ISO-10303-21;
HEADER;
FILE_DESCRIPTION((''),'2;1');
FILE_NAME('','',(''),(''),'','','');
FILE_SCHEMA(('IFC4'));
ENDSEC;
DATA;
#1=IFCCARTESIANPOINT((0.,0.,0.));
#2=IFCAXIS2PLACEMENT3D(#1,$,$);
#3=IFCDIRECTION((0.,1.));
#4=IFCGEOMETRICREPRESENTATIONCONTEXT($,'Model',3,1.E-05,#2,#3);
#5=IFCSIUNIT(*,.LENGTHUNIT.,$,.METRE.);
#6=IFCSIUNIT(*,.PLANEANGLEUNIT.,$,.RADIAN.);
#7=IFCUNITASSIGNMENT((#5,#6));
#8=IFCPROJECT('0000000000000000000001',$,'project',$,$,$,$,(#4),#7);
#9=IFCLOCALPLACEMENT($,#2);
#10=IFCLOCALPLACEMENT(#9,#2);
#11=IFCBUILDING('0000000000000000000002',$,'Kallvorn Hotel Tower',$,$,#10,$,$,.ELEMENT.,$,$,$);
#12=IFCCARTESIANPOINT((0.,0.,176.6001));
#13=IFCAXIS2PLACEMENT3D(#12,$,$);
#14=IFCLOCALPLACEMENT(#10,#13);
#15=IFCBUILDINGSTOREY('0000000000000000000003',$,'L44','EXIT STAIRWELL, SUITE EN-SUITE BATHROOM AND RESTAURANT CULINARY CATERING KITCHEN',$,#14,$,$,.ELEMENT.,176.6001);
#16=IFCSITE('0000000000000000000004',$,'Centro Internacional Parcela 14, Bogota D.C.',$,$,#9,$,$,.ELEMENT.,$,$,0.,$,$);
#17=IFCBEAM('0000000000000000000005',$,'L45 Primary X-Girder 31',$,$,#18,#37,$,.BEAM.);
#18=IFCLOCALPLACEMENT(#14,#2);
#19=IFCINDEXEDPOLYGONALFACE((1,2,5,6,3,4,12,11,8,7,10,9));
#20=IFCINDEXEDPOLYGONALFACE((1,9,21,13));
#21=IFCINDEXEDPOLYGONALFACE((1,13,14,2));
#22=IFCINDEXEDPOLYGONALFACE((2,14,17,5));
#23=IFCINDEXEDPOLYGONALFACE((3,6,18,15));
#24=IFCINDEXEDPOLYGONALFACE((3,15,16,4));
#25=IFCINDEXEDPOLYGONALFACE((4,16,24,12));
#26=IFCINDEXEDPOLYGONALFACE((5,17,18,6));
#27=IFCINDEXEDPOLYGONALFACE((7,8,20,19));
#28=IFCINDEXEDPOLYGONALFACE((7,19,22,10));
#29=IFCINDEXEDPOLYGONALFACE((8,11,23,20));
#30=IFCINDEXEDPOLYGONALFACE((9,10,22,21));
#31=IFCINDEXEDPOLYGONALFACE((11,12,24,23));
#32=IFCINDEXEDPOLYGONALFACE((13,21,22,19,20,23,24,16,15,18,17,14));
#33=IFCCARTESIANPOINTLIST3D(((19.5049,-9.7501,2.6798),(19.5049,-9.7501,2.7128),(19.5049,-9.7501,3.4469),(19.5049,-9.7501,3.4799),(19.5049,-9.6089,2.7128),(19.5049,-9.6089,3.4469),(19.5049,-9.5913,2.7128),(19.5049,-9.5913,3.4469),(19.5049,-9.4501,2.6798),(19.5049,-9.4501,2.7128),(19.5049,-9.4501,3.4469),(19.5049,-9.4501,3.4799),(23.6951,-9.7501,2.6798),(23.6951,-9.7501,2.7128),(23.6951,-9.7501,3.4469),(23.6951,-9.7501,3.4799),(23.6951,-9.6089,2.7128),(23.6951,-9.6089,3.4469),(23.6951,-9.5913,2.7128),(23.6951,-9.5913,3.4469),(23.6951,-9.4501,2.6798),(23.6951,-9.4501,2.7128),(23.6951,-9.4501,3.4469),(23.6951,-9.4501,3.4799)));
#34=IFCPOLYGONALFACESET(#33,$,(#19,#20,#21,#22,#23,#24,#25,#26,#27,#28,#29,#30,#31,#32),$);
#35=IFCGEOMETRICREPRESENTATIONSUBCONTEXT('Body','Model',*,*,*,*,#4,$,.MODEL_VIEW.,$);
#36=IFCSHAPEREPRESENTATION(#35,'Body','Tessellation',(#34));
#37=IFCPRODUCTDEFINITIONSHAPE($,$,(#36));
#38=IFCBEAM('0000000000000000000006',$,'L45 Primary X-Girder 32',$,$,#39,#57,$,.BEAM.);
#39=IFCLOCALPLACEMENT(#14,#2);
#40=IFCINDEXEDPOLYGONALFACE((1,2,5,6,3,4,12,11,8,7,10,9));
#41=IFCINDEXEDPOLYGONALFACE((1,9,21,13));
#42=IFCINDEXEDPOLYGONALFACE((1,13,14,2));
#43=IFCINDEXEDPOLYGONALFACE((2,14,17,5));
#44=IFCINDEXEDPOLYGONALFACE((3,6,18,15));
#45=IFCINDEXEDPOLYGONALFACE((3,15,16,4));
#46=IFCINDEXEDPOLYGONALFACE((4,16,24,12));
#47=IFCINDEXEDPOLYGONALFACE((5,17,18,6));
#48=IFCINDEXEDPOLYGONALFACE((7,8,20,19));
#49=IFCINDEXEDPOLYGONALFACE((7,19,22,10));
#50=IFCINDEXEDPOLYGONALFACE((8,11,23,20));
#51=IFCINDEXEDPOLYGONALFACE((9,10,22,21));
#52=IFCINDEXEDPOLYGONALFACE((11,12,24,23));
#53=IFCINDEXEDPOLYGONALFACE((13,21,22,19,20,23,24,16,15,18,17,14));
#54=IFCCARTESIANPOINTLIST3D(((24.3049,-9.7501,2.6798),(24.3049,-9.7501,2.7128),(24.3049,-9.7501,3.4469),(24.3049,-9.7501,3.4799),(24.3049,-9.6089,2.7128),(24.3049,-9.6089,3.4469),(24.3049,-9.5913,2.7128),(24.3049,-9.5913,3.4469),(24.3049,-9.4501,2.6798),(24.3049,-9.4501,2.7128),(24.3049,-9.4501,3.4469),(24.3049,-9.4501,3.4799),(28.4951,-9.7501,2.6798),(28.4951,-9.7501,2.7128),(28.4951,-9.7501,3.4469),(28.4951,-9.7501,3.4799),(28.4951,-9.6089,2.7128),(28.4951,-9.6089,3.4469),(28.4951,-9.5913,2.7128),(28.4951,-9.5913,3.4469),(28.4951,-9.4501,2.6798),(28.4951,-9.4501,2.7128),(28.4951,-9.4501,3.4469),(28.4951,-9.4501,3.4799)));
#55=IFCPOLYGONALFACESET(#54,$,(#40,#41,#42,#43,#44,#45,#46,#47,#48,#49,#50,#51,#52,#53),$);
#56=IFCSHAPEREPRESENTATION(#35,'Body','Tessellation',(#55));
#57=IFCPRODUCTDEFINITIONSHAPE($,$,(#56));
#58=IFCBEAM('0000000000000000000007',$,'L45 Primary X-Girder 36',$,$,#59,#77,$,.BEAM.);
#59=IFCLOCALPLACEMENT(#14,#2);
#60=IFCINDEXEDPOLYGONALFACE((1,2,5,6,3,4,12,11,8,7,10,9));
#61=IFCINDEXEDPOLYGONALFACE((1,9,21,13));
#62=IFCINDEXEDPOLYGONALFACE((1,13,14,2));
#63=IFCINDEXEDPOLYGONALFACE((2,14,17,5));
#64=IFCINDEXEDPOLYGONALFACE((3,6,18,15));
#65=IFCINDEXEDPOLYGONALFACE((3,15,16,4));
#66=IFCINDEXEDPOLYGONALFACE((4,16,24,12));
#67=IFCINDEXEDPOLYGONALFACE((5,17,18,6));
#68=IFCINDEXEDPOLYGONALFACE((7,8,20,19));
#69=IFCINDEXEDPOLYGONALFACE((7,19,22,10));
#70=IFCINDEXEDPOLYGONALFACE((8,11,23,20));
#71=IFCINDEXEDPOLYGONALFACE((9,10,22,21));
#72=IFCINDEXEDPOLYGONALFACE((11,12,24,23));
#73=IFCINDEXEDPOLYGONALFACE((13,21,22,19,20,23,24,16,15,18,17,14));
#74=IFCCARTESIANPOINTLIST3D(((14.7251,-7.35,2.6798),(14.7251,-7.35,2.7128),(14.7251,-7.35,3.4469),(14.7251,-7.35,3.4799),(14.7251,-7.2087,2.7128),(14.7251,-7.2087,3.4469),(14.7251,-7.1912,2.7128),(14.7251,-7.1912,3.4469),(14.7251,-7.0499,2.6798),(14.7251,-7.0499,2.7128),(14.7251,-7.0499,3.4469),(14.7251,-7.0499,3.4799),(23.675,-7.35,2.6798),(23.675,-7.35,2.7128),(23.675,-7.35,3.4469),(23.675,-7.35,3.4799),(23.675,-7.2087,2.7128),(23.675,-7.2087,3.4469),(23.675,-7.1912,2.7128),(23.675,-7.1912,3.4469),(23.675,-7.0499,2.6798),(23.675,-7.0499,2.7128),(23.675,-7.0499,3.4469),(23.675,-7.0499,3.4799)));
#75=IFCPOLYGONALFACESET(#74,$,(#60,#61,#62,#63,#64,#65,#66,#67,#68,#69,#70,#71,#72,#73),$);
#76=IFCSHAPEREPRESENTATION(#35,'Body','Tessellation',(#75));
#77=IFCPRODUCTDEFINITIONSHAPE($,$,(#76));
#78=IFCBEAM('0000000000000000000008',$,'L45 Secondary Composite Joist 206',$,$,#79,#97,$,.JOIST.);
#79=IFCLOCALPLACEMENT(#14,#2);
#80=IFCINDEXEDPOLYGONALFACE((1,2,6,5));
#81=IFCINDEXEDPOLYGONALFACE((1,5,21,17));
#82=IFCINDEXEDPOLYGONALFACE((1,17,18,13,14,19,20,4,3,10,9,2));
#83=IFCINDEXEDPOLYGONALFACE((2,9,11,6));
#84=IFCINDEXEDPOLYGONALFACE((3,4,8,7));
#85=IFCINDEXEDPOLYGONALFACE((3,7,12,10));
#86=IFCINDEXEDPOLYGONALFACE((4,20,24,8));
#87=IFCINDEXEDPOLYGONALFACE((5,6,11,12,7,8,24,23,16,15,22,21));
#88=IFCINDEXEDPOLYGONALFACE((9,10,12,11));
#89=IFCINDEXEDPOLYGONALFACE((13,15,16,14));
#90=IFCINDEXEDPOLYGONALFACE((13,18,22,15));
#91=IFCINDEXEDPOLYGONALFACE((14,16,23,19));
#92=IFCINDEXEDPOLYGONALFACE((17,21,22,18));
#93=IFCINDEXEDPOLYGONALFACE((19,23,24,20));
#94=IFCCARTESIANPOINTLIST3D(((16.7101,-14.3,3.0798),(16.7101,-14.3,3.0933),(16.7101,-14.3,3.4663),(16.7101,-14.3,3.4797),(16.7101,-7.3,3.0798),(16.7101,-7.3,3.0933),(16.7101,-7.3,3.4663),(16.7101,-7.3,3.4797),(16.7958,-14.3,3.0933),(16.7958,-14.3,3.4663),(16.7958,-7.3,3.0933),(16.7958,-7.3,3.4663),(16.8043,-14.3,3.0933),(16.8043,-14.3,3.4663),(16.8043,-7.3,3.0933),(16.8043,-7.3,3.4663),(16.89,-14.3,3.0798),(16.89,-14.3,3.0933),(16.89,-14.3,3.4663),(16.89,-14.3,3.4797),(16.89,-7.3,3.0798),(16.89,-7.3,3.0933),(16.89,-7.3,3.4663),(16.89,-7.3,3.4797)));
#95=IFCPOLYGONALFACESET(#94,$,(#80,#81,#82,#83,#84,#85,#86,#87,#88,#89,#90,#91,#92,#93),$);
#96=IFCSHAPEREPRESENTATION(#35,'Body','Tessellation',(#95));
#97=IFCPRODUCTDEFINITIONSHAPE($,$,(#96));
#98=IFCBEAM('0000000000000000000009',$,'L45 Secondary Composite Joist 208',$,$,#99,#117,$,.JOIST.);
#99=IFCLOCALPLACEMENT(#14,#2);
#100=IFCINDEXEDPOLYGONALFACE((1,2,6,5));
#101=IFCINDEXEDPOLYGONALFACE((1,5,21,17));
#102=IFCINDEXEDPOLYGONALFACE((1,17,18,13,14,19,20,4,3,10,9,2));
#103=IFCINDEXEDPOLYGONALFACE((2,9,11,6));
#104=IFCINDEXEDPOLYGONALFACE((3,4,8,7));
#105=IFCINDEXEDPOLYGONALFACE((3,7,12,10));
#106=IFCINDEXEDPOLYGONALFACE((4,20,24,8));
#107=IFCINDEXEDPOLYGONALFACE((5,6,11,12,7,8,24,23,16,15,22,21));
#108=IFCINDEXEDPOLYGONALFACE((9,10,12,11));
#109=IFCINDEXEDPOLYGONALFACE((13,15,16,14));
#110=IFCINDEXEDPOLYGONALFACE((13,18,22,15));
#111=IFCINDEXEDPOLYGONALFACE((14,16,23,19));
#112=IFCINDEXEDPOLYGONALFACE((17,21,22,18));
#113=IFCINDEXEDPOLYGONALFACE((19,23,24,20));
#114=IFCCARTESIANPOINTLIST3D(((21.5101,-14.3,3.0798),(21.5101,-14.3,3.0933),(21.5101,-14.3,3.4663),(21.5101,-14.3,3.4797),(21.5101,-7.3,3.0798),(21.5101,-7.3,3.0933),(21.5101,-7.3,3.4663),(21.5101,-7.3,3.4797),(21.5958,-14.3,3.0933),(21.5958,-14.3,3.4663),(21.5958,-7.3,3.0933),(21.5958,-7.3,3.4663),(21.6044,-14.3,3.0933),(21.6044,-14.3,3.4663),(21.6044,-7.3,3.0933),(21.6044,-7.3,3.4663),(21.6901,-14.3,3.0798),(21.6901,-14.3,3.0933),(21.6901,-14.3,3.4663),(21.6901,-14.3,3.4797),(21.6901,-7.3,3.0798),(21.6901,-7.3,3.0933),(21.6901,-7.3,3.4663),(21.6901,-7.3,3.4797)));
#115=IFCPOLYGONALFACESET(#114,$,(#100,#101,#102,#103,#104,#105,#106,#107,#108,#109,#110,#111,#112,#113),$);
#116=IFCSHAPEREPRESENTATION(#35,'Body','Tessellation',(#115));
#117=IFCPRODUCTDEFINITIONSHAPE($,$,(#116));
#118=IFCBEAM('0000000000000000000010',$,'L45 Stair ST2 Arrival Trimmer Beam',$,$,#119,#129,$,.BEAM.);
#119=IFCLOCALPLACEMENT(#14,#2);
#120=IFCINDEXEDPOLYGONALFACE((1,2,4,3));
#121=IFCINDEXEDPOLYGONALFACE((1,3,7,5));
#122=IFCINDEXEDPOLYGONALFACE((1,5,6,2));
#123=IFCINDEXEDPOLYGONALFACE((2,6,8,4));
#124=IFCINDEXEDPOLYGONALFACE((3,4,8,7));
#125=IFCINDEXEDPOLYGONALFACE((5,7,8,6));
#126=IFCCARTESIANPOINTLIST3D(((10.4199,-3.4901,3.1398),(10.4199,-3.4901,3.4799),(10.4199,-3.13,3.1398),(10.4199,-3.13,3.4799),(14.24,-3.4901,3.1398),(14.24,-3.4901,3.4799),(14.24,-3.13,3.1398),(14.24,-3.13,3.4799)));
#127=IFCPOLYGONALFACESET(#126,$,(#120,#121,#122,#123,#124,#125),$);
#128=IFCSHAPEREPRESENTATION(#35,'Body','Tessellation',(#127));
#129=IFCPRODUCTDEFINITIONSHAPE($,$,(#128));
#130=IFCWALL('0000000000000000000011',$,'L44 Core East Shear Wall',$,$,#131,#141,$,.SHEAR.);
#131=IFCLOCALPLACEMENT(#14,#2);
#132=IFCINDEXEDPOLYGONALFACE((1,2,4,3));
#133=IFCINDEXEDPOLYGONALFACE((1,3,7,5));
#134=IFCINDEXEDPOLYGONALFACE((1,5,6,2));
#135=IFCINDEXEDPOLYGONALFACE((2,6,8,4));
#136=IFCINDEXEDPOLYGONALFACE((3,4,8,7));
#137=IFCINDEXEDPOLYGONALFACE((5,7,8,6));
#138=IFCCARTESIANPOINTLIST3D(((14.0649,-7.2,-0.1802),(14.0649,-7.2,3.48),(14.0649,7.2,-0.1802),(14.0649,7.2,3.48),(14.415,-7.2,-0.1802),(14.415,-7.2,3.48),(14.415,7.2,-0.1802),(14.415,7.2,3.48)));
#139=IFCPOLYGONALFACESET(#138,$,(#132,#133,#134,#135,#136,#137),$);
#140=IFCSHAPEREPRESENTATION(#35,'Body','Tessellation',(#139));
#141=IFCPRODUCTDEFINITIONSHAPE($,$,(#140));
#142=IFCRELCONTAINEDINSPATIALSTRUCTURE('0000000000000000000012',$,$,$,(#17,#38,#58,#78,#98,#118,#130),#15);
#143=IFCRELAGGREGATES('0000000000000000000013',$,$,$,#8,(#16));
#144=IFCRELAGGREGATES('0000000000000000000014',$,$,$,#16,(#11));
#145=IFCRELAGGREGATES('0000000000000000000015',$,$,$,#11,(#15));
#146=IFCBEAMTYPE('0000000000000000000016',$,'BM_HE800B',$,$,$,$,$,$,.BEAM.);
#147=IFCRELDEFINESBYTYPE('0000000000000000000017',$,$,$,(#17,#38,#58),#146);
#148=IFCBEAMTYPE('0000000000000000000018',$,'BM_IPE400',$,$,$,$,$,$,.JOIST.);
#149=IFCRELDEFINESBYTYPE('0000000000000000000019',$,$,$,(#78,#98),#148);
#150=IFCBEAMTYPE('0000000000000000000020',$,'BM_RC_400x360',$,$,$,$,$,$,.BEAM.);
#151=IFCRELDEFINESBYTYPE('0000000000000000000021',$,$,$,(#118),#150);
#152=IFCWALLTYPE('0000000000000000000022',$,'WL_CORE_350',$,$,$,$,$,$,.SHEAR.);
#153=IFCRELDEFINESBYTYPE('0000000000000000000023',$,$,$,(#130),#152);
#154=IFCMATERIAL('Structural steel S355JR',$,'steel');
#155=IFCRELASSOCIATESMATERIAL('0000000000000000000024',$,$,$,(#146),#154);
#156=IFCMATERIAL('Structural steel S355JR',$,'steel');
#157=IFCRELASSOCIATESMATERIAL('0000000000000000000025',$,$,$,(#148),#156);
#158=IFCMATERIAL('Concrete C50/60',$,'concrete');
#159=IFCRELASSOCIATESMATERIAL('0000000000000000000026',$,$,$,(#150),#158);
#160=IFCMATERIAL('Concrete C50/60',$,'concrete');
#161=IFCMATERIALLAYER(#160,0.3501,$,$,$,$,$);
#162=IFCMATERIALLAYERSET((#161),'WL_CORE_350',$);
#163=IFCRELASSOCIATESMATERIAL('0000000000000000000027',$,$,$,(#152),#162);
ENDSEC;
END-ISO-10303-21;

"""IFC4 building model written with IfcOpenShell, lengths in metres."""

from ifc_helpers import new_model, si_unit, direction, frame, frame_2d, origin, origin_2d, place, context, subcontext, project, spatial, rectangle, i_section, extrude, material, layer, layer_set, material_profile, profile_set, type_object, element, save


model = new_model("IFC4")

# Units and contexts
model_context = context("Model", 3, precision=1e-05, world=origin(), true_north=direction((0.0, 1.0)))
body_context = subcontext(model_context, "Body", "Model", "MODEL_VIEW")
ifc_project = project(units=[si_unit("LENGTHUNIT", "METRE"), si_unit("PLANEANGLEUNIT", "RADIAN")], contexts=[model_context])

# Site, building, storey
site_placement = place(None, origin())
site = spatial("IfcSite", under=ifc_project, at=site_placement, Name="Centro Internacional Parcela 14, Bogota D.C.", CompositionType="ELEMENT", RefElevation=0.0)
building_placement = place(site_placement, origin())
building = spatial("IfcBuilding", under=site, at=building_placement, Name="Kallvorn Hotel Tower", CompositionType="ELEMENT")
storey_placement = place(building_placement, frame((0.0, 0.0, 176.6001)))
storey = spatial("IfcBuildingStorey", under=building, at=storey_placement, Name="L44", Description="EXIT STAIRWELL, SUITE EN-SUITE BATHROOM AND RESTAURANT CULINARY CATERING KITCHEN", CompositionType="ELEMENT", Elevation=176.6001)

# Beams
ifc_material_1 = material(Name="Structural steel S355JR", Category="steel")
ifc_material_profile_1 = material_profile(ifc_material_1, i_section(OverallWidth=0.3, OverallDepth=0.8, WebThickness=0.0176, FlangeThickness=0.033, at=origin_2d()), Name="HE 800 B")
ifc_profile_set_1 = profile_set([ifc_material_profile_1], Name="Structural steel S355JR")
beam_type_1 = type_object("IfcBeamType", Name="BM_HE800B", PredefinedType="BEAM", material=ifc_profile_set_1)
for number, where, z_axis, x_axis, name in (
    (1, (19.5049, -9.6001, 3.0798), (1.0, 0.0, 0.0), (0.0, 1.0, 0.0), "L45 Primary X-Girder 31"),
    (2, (24.3049, -9.6001, 3.0798), (1.0, 0.0, 0.0), (0.0, 1.0, 0.0), "L45 Primary X-Girder 32"),
):
    element("IfcBeam", number, at=place(storey_placement, frame(where, z_axis=z_axis, x_axis=x_axis)), inside=storey, type_object=beam_type_1, Name=name, PredefinedType="BEAM", context=body_context, shape_type="SweptSolid", body=[
        extrude(i_section(OverallWidth=0.3, OverallDepth=0.8, WebThickness=0.0176, FlangeThickness=0.033, at=origin_2d()), origin(), (0.0, 0.0, 1.0), 4.1902),
    ])
beam_1_placement = place(storey_placement, frame((14.7251, -7.2, 3.0798), z_axis=(1.0, 0.0, 0.0), x_axis=(0.0, 1.0, 0.0)))
element("IfcBeam", 3, at=beam_1_placement, inside=storey, type_object=beam_type_1, Name="L45 Primary X-Girder 36", PredefinedType="BEAM", context=body_context, shape_type="SweptSolid", body=[
    extrude(i_section(OverallWidth=0.3, OverallDepth=0.8, WebThickness=0.0176, FlangeThickness=0.033, at=origin_2d()), origin(), (0.0, 0.0, 1.0), 8.95),
])
ifc_material_2 = material(Name="Structural steel S355JR", Category="steel")
ifc_material_profile_2 = material_profile(ifc_material_2, i_section(OverallWidth=0.1799, OverallDepth=0.3999, WebThickness=0.0085, FlangeThickness=0.0134, at=origin_2d()), Name="IPE 400")
ifc_profile_set_2 = profile_set([ifc_material_profile_2], Name="Structural steel S355JR")
beam_type_2 = type_object("IfcBeamType", Name="BM_IPE400", PredefinedType="JOIST", material=ifc_profile_set_2)
for number, where, z_axis, x_axis, name in (
    (4, (16.8, -14.3, 3.2798), (0.0, 1.0, 0.0), (-1.0, 0.0, 0.0), "L45 Secondary Composite Joist 206"),
    (5, (21.6001, -14.3, 3.2798), (0.0, 1.0, 0.0), (-1.0, 0.0, 0.0), "L45 Secondary Composite Joist 208"),
):
    element("IfcBeam", number, at=place(storey_placement, frame(where, z_axis=z_axis, x_axis=x_axis)), inside=storey, type_object=beam_type_2, Name=name, PredefinedType="JOIST", context=body_context, shape_type="SweptSolid", body=[
        extrude(i_section(OverallWidth=0.1799, OverallDepth=0.3999, WebThickness=0.0085, FlangeThickness=0.0134, at=origin_2d()), origin(), (0.0, 0.0, 1.0), 7.0),
    ])
ifc_material_3 = material(Name="Concrete C50/60", Category="concrete")
ifc_material_profile_3 = material_profile(ifc_material_3, rectangle(XDim=0.3601, YDim=0.3401, at=origin_2d()), Name="RC 360x340")
ifc_profile_set_3 = profile_set([ifc_material_profile_3], Name="Concrete C50/60")
beam_type_3 = type_object("IfcBeamType", Name="BM_RC_400x360", PredefinedType="BEAM", material=ifc_profile_set_3)
beam_2_placement = place(storey_placement, frame((14.24, -3.3101, 3.3098), z_axis=(-1.0, 0.0, 0.0), x_axis=(0.0, -1.0, 0.0)))
element("IfcBeam", 6, at=beam_2_placement, inside=storey, type_object=beam_type_3, Name="L45 Stair ST2 Arrival Trimmer Beam", PredefinedType="BEAM", context=body_context, shape_type="SweptSolid", body=[
    extrude(rectangle(XDim=0.3601, YDim=0.3401, at=origin_2d()), origin(), (0.0, 0.0, 1.0), 3.8201),
])

# Wall
ifc_material_4 = material(Name="Concrete C50/60", Category="concrete")
ifc_layer = layer(ifc_material_4, 0.3501)
ifc_layer_set = layer_set([ifc_layer], Name="WL_CORE_350")
wall_type = type_object("IfcWallType", Name="WL_CORE_350", PredefinedType="SHEAR", material=ifc_layer_set)
wall_placement = place(storey_placement, frame((14.24, -7.2, -0.1802), z_axis=(0.0, 0.0, 1.0), x_axis=(0.0, 1.0, 0.0)))
element("IfcWall", 7, at=wall_placement, inside=storey, type_object=wall_type, Name="L44 Core East Shear Wall", PredefinedType="SHEAR", context=body_context, shape_type="SweptSolid", body=[
    extrude(rectangle(XDim=14.3999, YDim=0.3501, at=frame_2d((7.2, 0.0))), origin(), (0.0, 0.0, 1.0), 3.6602),
])

save(model, "model.ifc")
